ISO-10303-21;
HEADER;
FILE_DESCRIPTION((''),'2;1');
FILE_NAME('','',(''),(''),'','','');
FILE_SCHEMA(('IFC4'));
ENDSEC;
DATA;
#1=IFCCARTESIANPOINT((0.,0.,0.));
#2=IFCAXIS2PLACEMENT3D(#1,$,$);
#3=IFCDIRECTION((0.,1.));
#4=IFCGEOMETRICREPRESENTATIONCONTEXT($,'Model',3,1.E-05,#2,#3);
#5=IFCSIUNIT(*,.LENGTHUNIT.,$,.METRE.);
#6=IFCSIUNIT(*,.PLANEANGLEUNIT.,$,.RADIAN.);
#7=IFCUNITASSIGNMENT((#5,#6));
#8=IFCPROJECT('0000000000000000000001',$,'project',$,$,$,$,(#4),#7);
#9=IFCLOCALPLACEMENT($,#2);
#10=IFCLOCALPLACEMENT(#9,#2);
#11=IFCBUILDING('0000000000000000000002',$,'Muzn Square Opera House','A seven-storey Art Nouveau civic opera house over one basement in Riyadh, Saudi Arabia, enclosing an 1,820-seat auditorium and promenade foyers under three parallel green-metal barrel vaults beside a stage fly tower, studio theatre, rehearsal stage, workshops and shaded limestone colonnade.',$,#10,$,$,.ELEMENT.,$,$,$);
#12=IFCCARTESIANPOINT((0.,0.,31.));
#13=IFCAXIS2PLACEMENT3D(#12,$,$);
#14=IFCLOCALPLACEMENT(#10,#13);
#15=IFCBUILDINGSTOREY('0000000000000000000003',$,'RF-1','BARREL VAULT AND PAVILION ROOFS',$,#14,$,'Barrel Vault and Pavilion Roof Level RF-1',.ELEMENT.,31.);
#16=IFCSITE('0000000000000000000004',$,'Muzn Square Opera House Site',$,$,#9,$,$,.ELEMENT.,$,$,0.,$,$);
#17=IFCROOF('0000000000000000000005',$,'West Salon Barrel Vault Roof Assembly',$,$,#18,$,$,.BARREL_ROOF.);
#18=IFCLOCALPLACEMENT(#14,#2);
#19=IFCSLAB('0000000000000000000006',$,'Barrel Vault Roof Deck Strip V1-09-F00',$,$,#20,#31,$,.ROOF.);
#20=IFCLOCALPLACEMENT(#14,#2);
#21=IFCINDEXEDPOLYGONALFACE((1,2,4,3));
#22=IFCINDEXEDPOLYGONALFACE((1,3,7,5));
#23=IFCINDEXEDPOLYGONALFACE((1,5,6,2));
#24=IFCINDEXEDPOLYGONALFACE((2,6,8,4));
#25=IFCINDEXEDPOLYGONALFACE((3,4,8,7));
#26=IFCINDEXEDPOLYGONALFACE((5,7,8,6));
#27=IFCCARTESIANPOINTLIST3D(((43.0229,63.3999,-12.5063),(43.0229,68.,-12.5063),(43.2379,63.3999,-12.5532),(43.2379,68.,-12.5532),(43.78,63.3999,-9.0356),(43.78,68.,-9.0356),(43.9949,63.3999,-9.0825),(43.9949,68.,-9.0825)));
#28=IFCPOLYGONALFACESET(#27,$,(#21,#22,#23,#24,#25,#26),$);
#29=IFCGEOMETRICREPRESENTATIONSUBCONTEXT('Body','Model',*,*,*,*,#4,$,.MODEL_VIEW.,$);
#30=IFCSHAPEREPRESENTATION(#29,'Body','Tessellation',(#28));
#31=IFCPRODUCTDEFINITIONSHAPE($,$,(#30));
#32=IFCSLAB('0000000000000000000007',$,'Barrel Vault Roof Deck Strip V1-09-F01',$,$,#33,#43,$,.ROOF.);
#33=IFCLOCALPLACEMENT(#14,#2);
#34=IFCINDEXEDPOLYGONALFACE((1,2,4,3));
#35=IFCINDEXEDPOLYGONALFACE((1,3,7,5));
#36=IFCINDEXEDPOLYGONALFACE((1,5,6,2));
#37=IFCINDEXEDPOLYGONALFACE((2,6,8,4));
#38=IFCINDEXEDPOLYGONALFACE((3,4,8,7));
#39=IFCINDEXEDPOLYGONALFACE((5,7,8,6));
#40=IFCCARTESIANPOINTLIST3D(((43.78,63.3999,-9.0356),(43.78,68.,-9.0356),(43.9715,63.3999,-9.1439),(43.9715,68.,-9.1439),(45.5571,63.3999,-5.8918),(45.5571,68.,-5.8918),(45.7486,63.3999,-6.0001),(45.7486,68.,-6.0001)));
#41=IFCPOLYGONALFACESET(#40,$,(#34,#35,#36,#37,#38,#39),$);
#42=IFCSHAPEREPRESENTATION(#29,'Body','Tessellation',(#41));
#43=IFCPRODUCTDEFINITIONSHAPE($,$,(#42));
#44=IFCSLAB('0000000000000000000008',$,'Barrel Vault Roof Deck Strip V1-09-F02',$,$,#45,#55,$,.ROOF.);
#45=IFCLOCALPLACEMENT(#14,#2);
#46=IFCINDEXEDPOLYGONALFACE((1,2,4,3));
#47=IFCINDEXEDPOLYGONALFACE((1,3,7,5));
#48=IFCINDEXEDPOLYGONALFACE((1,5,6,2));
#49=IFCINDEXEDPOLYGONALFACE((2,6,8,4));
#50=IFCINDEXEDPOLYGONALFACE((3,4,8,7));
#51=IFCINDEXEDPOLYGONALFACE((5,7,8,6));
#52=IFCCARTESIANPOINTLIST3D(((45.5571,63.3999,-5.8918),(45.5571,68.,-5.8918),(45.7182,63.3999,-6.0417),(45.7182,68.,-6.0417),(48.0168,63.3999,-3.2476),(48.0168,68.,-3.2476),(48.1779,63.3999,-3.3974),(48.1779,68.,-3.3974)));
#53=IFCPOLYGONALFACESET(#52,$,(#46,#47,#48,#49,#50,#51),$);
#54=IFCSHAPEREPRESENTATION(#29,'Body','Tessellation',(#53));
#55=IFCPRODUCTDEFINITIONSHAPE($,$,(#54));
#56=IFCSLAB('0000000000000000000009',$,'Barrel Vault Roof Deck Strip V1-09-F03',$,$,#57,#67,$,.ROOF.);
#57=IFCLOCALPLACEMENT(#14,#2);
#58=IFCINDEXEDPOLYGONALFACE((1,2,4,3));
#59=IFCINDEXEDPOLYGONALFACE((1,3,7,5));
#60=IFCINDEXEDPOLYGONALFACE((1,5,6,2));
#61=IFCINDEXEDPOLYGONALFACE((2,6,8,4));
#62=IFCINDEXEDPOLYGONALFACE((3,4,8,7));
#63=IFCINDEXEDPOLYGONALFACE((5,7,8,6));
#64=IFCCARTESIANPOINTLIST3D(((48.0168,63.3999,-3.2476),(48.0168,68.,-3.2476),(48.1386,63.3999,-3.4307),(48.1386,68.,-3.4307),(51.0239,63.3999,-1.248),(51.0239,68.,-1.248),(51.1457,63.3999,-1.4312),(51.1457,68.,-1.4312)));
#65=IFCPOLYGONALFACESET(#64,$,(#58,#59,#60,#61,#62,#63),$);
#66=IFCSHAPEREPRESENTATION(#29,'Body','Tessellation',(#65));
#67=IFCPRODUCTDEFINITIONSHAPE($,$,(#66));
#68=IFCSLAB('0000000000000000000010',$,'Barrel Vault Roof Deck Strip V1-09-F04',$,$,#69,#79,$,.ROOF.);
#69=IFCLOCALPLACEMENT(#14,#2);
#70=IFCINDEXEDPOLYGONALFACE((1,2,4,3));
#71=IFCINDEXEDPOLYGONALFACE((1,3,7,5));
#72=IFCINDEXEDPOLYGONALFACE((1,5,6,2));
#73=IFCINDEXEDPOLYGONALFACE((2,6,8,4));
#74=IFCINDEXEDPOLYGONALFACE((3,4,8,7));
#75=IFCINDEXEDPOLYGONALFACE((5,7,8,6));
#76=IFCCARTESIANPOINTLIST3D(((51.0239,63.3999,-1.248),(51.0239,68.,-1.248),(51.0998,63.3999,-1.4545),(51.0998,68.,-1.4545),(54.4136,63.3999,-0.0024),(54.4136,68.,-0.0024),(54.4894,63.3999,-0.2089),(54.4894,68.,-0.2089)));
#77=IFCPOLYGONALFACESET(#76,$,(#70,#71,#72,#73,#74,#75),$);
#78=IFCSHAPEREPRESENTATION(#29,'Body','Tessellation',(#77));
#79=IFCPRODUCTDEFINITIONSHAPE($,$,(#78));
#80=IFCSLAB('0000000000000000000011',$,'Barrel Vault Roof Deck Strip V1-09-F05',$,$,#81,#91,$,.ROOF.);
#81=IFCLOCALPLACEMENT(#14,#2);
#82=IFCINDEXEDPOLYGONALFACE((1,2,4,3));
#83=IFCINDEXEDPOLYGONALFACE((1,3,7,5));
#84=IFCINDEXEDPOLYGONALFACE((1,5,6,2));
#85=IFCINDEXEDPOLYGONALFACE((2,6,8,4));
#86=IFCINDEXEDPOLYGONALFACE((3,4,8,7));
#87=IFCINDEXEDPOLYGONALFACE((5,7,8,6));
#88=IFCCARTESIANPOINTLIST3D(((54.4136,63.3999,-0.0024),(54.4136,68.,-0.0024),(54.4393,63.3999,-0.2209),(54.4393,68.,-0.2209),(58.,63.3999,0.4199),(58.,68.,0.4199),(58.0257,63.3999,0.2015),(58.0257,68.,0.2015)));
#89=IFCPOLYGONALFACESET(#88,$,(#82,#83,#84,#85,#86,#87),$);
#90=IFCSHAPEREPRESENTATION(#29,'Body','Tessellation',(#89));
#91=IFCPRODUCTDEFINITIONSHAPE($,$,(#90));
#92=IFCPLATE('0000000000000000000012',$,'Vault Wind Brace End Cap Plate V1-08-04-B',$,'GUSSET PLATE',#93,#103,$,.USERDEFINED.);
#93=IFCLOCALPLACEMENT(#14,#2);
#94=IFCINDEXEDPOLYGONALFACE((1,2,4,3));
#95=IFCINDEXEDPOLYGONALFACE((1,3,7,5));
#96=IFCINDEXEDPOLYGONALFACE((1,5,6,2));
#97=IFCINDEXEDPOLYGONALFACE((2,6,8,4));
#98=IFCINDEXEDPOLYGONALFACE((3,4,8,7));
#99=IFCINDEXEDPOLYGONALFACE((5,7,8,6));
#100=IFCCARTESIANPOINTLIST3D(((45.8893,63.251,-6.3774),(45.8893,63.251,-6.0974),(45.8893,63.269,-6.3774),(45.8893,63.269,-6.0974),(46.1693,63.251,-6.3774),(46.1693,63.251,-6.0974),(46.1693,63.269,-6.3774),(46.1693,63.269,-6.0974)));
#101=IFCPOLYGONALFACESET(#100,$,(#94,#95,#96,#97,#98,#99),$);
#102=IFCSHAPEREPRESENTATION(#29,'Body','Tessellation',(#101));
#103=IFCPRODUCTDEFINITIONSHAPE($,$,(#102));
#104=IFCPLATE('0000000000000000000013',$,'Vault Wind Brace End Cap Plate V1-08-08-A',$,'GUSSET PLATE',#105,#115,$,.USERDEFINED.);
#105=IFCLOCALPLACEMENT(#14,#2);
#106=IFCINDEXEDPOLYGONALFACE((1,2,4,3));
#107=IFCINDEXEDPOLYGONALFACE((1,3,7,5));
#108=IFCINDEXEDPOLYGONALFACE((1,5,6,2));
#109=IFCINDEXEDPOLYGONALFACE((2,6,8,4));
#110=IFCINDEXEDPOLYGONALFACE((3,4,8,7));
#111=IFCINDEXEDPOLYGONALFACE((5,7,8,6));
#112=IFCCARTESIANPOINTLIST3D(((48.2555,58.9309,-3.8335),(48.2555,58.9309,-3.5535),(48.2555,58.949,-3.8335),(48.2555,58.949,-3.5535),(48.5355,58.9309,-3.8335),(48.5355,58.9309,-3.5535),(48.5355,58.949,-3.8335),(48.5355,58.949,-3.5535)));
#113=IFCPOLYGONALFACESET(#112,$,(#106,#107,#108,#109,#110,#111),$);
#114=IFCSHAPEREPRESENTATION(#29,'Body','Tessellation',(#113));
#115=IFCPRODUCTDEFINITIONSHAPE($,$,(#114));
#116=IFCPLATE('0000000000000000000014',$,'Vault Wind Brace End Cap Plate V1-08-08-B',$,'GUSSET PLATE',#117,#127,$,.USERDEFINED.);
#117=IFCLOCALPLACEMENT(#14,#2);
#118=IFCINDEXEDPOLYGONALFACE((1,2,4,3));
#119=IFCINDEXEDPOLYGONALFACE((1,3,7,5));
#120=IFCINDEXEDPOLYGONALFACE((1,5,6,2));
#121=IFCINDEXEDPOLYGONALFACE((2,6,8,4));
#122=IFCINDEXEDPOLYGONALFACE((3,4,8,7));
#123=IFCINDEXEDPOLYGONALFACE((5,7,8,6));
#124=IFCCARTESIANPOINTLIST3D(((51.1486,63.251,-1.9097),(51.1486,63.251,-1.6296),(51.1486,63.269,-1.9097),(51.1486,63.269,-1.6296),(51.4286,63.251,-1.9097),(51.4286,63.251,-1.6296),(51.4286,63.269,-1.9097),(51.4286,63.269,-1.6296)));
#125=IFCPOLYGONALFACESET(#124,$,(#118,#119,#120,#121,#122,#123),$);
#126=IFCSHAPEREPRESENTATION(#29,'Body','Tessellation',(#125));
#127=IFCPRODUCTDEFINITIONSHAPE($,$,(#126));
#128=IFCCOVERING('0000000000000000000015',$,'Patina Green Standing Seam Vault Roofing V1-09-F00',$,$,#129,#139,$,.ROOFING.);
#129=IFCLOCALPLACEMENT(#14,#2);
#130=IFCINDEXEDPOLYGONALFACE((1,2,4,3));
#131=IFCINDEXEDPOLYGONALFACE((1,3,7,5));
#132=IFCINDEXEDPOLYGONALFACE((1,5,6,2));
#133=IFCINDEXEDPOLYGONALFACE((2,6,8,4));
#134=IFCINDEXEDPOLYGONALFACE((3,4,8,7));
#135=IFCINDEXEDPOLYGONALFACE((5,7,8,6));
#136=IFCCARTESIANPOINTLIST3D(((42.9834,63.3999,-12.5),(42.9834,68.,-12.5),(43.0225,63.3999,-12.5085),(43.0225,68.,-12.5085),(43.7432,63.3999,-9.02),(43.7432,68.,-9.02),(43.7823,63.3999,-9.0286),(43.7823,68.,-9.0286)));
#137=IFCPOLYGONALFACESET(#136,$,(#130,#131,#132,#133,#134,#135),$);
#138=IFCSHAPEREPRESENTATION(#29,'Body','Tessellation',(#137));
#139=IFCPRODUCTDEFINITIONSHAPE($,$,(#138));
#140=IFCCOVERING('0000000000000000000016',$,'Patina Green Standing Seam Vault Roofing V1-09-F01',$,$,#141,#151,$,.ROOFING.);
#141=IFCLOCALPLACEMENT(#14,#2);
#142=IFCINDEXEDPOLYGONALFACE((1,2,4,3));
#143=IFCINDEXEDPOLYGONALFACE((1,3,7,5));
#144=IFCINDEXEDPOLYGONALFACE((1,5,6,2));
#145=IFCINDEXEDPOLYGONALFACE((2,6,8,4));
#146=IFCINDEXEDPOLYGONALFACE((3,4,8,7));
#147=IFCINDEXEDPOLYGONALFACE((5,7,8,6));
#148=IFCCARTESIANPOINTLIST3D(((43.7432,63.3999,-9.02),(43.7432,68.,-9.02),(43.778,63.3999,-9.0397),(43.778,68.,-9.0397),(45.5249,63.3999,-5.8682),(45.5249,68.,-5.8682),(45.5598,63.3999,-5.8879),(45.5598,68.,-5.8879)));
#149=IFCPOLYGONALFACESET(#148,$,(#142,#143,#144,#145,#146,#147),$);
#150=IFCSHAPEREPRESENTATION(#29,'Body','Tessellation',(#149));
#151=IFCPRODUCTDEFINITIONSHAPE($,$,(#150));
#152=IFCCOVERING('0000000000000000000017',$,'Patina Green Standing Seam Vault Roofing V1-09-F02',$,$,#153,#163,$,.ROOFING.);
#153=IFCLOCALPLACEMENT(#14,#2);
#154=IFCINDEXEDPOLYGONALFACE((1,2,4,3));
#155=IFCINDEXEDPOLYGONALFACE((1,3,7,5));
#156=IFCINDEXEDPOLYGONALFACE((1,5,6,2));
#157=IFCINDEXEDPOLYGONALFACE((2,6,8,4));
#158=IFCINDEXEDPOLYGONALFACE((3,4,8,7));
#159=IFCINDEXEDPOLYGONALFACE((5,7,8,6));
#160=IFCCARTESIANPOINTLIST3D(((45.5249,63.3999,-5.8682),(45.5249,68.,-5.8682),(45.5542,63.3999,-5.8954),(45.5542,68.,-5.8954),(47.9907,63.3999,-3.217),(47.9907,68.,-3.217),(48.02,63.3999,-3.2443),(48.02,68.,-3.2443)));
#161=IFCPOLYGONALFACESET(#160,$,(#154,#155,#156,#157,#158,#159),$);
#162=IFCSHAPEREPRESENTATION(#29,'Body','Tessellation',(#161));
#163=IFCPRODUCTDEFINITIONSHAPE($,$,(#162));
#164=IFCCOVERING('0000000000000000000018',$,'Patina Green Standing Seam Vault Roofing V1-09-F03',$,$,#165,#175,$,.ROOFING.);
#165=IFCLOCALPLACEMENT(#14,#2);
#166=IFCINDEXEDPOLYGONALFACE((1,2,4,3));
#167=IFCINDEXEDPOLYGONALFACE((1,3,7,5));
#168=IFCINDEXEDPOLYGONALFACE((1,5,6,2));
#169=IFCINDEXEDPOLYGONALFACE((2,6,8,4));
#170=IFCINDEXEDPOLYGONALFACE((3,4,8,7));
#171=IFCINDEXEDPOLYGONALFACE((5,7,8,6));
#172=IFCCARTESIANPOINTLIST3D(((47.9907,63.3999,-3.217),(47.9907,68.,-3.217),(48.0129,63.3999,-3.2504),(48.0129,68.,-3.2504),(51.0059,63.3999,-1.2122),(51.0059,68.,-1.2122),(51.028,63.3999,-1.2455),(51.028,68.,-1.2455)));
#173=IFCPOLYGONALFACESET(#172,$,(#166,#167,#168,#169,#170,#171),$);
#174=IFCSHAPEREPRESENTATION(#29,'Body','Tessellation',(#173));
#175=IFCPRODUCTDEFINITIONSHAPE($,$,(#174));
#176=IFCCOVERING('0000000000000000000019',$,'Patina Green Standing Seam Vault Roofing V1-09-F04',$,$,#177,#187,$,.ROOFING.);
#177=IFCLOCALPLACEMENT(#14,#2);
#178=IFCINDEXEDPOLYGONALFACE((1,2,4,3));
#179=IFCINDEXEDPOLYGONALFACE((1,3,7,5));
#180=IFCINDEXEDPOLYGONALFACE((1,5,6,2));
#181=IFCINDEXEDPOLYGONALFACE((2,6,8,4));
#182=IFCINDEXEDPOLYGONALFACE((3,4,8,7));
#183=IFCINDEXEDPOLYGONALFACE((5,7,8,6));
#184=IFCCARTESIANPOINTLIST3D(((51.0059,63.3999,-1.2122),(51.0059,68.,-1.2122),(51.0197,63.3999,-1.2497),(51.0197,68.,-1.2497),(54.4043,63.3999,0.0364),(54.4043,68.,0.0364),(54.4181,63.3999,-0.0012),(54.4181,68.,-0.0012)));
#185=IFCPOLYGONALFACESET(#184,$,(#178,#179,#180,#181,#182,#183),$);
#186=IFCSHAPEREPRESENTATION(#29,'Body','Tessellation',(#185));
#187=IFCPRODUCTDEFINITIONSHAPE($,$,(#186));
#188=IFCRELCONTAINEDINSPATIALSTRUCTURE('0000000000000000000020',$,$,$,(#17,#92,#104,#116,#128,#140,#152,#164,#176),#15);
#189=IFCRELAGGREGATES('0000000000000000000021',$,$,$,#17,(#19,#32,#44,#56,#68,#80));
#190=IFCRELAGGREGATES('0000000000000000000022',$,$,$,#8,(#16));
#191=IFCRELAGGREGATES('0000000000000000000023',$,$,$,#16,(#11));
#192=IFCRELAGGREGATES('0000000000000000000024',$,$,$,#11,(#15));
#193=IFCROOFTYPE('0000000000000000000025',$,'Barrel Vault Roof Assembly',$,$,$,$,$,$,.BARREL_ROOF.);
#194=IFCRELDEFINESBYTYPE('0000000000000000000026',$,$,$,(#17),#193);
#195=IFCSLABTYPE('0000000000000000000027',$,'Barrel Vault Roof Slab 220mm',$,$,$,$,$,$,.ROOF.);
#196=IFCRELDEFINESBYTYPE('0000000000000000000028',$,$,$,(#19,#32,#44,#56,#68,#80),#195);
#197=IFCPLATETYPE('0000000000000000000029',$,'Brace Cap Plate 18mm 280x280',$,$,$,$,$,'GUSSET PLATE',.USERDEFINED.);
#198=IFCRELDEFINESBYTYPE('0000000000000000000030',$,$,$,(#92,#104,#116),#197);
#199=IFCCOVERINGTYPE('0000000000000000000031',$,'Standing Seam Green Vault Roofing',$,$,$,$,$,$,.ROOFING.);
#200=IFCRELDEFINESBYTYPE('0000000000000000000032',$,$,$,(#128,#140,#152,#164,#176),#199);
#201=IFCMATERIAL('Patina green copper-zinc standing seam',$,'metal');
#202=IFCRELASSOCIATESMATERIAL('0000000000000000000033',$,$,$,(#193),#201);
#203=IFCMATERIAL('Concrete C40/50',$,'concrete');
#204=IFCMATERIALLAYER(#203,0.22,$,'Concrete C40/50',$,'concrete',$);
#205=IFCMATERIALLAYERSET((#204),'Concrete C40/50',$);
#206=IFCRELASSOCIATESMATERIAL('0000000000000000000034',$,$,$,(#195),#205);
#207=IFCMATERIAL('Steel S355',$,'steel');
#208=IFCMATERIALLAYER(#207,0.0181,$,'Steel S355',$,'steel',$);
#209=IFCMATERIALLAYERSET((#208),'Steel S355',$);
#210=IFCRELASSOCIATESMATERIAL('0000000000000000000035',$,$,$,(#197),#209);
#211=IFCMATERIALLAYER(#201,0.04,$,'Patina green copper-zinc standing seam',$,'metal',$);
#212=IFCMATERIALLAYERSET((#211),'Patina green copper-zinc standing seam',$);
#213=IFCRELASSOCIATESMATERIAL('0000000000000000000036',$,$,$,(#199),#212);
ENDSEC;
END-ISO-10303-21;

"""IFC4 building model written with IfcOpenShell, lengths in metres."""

from ifc_helpers import new_model, si_unit, direction, frame, origin, origin_2d, place, context, subcontext, project, spatial, polyline, rectangle, outline, extrude, material, layer, layer_set, type_object, element, aggregate, save


model = new_model("IFC4")

# Units and contexts
model_context = context("Model", 3, precision=1e-05, world=origin(), true_north=direction((0.0, 1.0)))
body_context = subcontext(model_context, "Body", "Model", "MODEL_VIEW")
ifc_project = project(units=[si_unit("LENGTHUNIT", "METRE"), si_unit("PLANEANGLEUNIT", "RADIAN")], contexts=[model_context])

# Site, building, storey
site_placement = place(None, origin())
site = spatial("IfcSite", under=ifc_project, at=site_placement, Name="Muzn Square Opera House Site", CompositionType="ELEMENT", RefElevation=0.0)
building_placement = place(site_placement, origin())
building = spatial("IfcBuilding", under=site, at=building_placement, Name="Muzn Square Opera House", Description="A seven-storey Art Nouveau civic opera house over one basement in Riyadh, Saudi Arabia, enclosing an 1,820-seat auditorium and promenade foyers under three parallel green-metal barrel vaults beside a stage fly tower, studio theatre, rehearsal stage, workshops and shaded limestone colonnade.", CompositionType="ELEMENT")
storey_placement = place(building_placement, frame((0.0, 0.0, 31.0)))
storey = spatial("IfcBuildingStorey", under=building, at=storey_placement, Name="RF-1", Description="BARREL VAULT AND PAVILION ROOFS", LongName="Barrel Vault and Pavilion Roof Level RF-1", CompositionType="ELEMENT", Elevation=31.0)

# Shared definitions
ifc_material_1 = material(Name="Steel S355", Category="steel")

# Roof, slabs
ifc_material_2 = material(Name="Patina green copper-zinc standing seam", Category="metal")
roof_type = type_object("IfcRoofType", Name="Barrel Vault Roof Assembly", PredefinedType="BARREL_ROOF", material=ifc_material_2)
roof_placement = place(storey_placement, origin())
roof = element("IfcRoof", 1, at=roof_placement, inside=storey, type_object=roof_type, Name="West Salon Barrel Vault Roof Assembly", PredefinedType="BARREL_ROOF")
ifc_material_3 = material(Name="Concrete C40/50", Category="concrete")
ifc_layer_1 = layer(ifc_material_3, 0.22, Name="Concrete C40/50", Category="concrete")
ifc_layer_set_1 = layer_set([ifc_layer_1], Name="Concrete C40/50")
slab_type = type_object("IfcSlabType", Name="Barrel Vault Roof Slab 220mm", PredefinedType="ROOF", material=ifc_layer_set_1)
slab_1_placement = place(storey_placement, frame((43.78, 63.3999, -9.0356), z_axis=(-0.977025, 0.0, 0.213123), x_axis=(0.0, 1.0, 0.0)))
slab_1 = element("IfcSlab", 2, at=slab_1_placement, type_object=slab_type, Name="Barrel Vault Roof Deck Strip V1-09-F00", PredefinedType="ROOF", context=body_context, shape_type="SweptSolid", body=[
    extrude(outline(polyline([(0.0, 3.5523), (0.0, 0.0), (4.6001, 0.0), (4.6001, 3.5523), (0.0, 3.5523)])), origin(), (0.0, 0.0, -1.0), 0.22),
])
slab_2_placement = place(storey_placement, frame((45.5571, 63.3999, -5.8918), z_axis=(-0.870543, 0.0, 0.492093), x_axis=(0.0, 1.0, 0.0)))
slab_2 = element("IfcSlab", 3, at=slab_2_placement, type_object=slab_type, Name="Barrel Vault Roof Deck Strip V1-09-F01", PredefinedType="ROOF", context=body_context, shape_type="SweptSolid", body=[
    extrude(outline(polyline([(0.0, 3.6113), (0.0, 0.0), (4.6001, 0.0), (4.6001, 3.6113), (0.0, 3.6113)])), origin(), (0.0, 0.0, -1.0), 0.22),
])
slab_3_placement = place(storey_placement, frame((48.0168, 63.3999, -3.2476), z_axis=(-0.732198, 0.0, 0.681091), x_axis=(0.0, 1.0, 0.0)))
slab_3 = element("IfcSlab", 4, at=slab_3_placement, type_object=slab_type, Name="Barrel Vault Roof Deck Strip V1-09-F02", PredefinedType="ROOF", context=body_context, shape_type="SweptSolid", body=[
    extrude(outline(polyline([(0.0, 3.6114), (0.0, 0.0), (4.6001, 0.0), (4.6001, 3.6114), (0.0, 3.6114)])), origin(), (0.0, 0.0, -1.0), 0.22),
])
slab_4_placement = place(storey_placement, frame((51.0239, 63.3999, -1.248), z_axis=(-0.553701, 0.0, 0.832715), x_axis=(0.0, 1.0, 0.0)))
slab_4 = element("IfcSlab", 5, at=slab_4_placement, type_object=slab_type, Name="Barrel Vault Roof Deck Strip V1-09-F03", PredefinedType="ROOF", context=body_context, shape_type="SweptSolid", body=[
    extrude(outline(polyline([(0.0, 3.6112), (0.0, 0.0), (4.6001, 0.0), (4.6001, 3.6112), (0.0, 3.6112)])), origin(), (0.0, 0.0, -1.0), 0.22),
])
slab_5_placement = place(storey_placement, frame((54.4136, 63.3999, -0.0024), z_axis=(-0.344922, 0.0, 0.938631), x_axis=(0.0, 1.0, 0.0)))
slab_5 = element("IfcSlab", 6, at=slab_5_placement, type_object=slab_type, Name="Barrel Vault Roof Deck Strip V1-09-F04", PredefinedType="ROOF", context=body_context, shape_type="SweptSolid", body=[
    extrude(outline(polyline([(0.0, 3.6113), (0.0, 0.0), (4.6001, 0.0), (4.6001, 3.6113), (0.0, 3.6113)])), origin(), (0.0, 0.0, -1.0), 0.22),
])
slab_6_placement = place(storey_placement, frame((58.0, 63.3999, 0.4199), z_axis=(-0.116959, 0.0, 0.993137), x_axis=(0.0, 1.0, 0.0)))
slab_6 = element("IfcSlab", 7, at=slab_6_placement, type_object=slab_type, Name="Barrel Vault Roof Deck Strip V1-09-F05", PredefinedType="ROOF", context=body_context, shape_type="SweptSolid", body=[
    extrude(outline(polyline([(0.0, 3.6112), (0.0, 0.0), (4.6001, 0.0), (4.6001, 3.6112), (0.0, 3.6112)])), origin(), (0.0, 0.0, -1.0), 0.22),
])
aggregate(roof, [slab_1, slab_2, slab_3, slab_4, slab_5, slab_6])

# Plates
ifc_layer_2 = layer(ifc_material_1, 0.0181, Name="Steel S355", Category="steel")
ifc_layer_set_2 = layer_set([ifc_layer_2], Name="Steel S355")
plate_type = type_object("IfcPlateType", Name="Brace Cap Plate 18mm 280x280", ElementType="GUSSET PLATE", PredefinedType="USERDEFINED", material=ifc_layer_set_2)
for number, where, z_axis, x_axis, name in (
    (8, (46.0293, 63.26, -6.3774), (0.0, 0.0, 1.0), (1.0, 0.0, 0.0), "Vault Wind Brace End Cap Plate V1-08-04-B"),
    (9, (48.3955, 58.9399, -3.8335), (0.0, 0.0, 1.0), (1.0, 0.0, 0.0), "Vault Wind Brace End Cap Plate V1-08-08-A"),
    (10, (51.2886, 63.26, -1.9097), (0.0, 0.0, 1.0), (1.0, 0.0, 0.0), "Vault Wind Brace End Cap Plate V1-08-08-B"),
):
    element("IfcPlate", number, at=place(storey_placement, frame(where, z_axis=z_axis, x_axis=x_axis)), inside=storey, type_object=plate_type, Name=name, ObjectType="GUSSET PLATE", PredefinedType="USERDEFINED", context=body_context, shape_type="SweptSolid", body=[
        extrude(rectangle(XDim=0.28, YDim=0.0181, at=origin_2d()), origin(), (0.0, 0.0, 1.0), 0.28),
    ])

# Coverings
ifc_layer_3 = layer(ifc_material_2, 0.04, Name="Patina green copper-zinc standing seam", Category="metal")
ifc_layer_set_3 = layer_set([ifc_layer_3], Name="Patina green copper-zinc standing seam")
covering_type = type_object("IfcCoveringType", Name="Standing Seam Green Vault Roofing", PredefinedType="ROOFING", material=ifc_layer_set_3)
covering_1_placement = place(storey_placement, frame((43.7432, 63.3999, -9.02), z_axis=(-0.976987, 0.0, 0.2133), x_axis=(0.0, 1.0, 0.0)))
element("IfcCovering", 11, at=covering_1_placement, inside=storey, type_object=covering_type, Name="Patina Green Standing Seam Vault Roofing V1-09-F00", PredefinedType="ROOFING", context=body_context, shape_type="SweptSolid", body=[
    extrude(outline(polyline([(0.0, 3.562), (0.0, 0.0), (4.6001, 0.0), (4.6001, 3.562), (0.0, 3.562)])), origin(), (0.0, 0.0, -1.0), 0.04),
])
covering_2_placement = place(storey_placement, frame((45.5249, 63.3999, -5.8682), z_axis=(-0.870533, 0.0, 0.492111), x_axis=(0.0, 1.0, 0.0)))
element("IfcCovering", 12, at=covering_2_placement, inside=storey, type_object=covering_type, Name="Patina Green Standing Seam Vault Roofing V1-09-F01", PredefinedType="ROOFING", context=body_context, shape_type="SweptSolid", body=[
    extrude(outline(polyline([(0.0, 3.6206), (0.0, 0.0), (4.6001, 0.0), (4.6001, 3.6206), (0.0, 3.6206)])), origin(), (0.0, 0.0, -1.0), 0.04),
])
covering_3_placement = place(storey_placement, frame((47.9907, 63.3999, -3.217), z_axis=(-0.732234, 0.0, 0.681053), x_axis=(0.0, 1.0, 0.0)))
element("IfcCovering", 13, at=covering_3_placement, inside=storey, type_object=covering_type, Name="Patina Green Standing Seam Vault Roofing V1-09-F02", PredefinedType="ROOFING", context=body_context, shape_type="SweptSolid", body=[
    extrude(outline(polyline([(0.0, 3.6206), (0.0, 0.0), (4.6001, 0.0), (4.6001, 3.6206), (0.0, 3.6206)])), origin(), (0.0, 0.0, -1.0), 0.04),
])
covering_4_placement = place(storey_placement, frame((51.0059, 63.3999, -1.2122), z_axis=(-0.553704, 0.0, 0.832714), x_axis=(0.0, 1.0, 0.0)))
element("IfcCovering", 14, at=covering_4_placement, inside=storey, type_object=covering_type, Name="Patina Green Standing Seam Vault Roofing V1-09-F03", PredefinedType="ROOFING", context=body_context, shape_type="SweptSolid", body=[
    extrude(outline(polyline([(0.0, 3.6209), (0.0, 0.0), (4.6001, 0.0), (4.6001, 3.6209), (0.0, 3.6209)])), origin(), (0.0, 0.0, -1.0), 0.04),
])
covering_5_placement = place(storey_placement, frame((54.4043, 63.3999, 0.0364), z_axis=(-0.344849, 0.0, 0.938658), x_axis=(0.0, 1.0, 0.0)))
element("IfcCovering", 15, at=covering_5_placement, inside=storey, type_object=covering_type, Name="Patina Green Standing Seam Vault Roofing V1-09-F04", PredefinedType="ROOFING", context=body_context, shape_type="SweptSolid", body=[
    extrude(outline(polyline([(0.0, 3.6205), (0.0, 0.0), (4.6001, 0.0), (4.6001, 3.6205), (0.0, 3.6205)])), origin(), (0.0, 0.0, -1.0), 0.04),
])

save(model, "model.ifc")
